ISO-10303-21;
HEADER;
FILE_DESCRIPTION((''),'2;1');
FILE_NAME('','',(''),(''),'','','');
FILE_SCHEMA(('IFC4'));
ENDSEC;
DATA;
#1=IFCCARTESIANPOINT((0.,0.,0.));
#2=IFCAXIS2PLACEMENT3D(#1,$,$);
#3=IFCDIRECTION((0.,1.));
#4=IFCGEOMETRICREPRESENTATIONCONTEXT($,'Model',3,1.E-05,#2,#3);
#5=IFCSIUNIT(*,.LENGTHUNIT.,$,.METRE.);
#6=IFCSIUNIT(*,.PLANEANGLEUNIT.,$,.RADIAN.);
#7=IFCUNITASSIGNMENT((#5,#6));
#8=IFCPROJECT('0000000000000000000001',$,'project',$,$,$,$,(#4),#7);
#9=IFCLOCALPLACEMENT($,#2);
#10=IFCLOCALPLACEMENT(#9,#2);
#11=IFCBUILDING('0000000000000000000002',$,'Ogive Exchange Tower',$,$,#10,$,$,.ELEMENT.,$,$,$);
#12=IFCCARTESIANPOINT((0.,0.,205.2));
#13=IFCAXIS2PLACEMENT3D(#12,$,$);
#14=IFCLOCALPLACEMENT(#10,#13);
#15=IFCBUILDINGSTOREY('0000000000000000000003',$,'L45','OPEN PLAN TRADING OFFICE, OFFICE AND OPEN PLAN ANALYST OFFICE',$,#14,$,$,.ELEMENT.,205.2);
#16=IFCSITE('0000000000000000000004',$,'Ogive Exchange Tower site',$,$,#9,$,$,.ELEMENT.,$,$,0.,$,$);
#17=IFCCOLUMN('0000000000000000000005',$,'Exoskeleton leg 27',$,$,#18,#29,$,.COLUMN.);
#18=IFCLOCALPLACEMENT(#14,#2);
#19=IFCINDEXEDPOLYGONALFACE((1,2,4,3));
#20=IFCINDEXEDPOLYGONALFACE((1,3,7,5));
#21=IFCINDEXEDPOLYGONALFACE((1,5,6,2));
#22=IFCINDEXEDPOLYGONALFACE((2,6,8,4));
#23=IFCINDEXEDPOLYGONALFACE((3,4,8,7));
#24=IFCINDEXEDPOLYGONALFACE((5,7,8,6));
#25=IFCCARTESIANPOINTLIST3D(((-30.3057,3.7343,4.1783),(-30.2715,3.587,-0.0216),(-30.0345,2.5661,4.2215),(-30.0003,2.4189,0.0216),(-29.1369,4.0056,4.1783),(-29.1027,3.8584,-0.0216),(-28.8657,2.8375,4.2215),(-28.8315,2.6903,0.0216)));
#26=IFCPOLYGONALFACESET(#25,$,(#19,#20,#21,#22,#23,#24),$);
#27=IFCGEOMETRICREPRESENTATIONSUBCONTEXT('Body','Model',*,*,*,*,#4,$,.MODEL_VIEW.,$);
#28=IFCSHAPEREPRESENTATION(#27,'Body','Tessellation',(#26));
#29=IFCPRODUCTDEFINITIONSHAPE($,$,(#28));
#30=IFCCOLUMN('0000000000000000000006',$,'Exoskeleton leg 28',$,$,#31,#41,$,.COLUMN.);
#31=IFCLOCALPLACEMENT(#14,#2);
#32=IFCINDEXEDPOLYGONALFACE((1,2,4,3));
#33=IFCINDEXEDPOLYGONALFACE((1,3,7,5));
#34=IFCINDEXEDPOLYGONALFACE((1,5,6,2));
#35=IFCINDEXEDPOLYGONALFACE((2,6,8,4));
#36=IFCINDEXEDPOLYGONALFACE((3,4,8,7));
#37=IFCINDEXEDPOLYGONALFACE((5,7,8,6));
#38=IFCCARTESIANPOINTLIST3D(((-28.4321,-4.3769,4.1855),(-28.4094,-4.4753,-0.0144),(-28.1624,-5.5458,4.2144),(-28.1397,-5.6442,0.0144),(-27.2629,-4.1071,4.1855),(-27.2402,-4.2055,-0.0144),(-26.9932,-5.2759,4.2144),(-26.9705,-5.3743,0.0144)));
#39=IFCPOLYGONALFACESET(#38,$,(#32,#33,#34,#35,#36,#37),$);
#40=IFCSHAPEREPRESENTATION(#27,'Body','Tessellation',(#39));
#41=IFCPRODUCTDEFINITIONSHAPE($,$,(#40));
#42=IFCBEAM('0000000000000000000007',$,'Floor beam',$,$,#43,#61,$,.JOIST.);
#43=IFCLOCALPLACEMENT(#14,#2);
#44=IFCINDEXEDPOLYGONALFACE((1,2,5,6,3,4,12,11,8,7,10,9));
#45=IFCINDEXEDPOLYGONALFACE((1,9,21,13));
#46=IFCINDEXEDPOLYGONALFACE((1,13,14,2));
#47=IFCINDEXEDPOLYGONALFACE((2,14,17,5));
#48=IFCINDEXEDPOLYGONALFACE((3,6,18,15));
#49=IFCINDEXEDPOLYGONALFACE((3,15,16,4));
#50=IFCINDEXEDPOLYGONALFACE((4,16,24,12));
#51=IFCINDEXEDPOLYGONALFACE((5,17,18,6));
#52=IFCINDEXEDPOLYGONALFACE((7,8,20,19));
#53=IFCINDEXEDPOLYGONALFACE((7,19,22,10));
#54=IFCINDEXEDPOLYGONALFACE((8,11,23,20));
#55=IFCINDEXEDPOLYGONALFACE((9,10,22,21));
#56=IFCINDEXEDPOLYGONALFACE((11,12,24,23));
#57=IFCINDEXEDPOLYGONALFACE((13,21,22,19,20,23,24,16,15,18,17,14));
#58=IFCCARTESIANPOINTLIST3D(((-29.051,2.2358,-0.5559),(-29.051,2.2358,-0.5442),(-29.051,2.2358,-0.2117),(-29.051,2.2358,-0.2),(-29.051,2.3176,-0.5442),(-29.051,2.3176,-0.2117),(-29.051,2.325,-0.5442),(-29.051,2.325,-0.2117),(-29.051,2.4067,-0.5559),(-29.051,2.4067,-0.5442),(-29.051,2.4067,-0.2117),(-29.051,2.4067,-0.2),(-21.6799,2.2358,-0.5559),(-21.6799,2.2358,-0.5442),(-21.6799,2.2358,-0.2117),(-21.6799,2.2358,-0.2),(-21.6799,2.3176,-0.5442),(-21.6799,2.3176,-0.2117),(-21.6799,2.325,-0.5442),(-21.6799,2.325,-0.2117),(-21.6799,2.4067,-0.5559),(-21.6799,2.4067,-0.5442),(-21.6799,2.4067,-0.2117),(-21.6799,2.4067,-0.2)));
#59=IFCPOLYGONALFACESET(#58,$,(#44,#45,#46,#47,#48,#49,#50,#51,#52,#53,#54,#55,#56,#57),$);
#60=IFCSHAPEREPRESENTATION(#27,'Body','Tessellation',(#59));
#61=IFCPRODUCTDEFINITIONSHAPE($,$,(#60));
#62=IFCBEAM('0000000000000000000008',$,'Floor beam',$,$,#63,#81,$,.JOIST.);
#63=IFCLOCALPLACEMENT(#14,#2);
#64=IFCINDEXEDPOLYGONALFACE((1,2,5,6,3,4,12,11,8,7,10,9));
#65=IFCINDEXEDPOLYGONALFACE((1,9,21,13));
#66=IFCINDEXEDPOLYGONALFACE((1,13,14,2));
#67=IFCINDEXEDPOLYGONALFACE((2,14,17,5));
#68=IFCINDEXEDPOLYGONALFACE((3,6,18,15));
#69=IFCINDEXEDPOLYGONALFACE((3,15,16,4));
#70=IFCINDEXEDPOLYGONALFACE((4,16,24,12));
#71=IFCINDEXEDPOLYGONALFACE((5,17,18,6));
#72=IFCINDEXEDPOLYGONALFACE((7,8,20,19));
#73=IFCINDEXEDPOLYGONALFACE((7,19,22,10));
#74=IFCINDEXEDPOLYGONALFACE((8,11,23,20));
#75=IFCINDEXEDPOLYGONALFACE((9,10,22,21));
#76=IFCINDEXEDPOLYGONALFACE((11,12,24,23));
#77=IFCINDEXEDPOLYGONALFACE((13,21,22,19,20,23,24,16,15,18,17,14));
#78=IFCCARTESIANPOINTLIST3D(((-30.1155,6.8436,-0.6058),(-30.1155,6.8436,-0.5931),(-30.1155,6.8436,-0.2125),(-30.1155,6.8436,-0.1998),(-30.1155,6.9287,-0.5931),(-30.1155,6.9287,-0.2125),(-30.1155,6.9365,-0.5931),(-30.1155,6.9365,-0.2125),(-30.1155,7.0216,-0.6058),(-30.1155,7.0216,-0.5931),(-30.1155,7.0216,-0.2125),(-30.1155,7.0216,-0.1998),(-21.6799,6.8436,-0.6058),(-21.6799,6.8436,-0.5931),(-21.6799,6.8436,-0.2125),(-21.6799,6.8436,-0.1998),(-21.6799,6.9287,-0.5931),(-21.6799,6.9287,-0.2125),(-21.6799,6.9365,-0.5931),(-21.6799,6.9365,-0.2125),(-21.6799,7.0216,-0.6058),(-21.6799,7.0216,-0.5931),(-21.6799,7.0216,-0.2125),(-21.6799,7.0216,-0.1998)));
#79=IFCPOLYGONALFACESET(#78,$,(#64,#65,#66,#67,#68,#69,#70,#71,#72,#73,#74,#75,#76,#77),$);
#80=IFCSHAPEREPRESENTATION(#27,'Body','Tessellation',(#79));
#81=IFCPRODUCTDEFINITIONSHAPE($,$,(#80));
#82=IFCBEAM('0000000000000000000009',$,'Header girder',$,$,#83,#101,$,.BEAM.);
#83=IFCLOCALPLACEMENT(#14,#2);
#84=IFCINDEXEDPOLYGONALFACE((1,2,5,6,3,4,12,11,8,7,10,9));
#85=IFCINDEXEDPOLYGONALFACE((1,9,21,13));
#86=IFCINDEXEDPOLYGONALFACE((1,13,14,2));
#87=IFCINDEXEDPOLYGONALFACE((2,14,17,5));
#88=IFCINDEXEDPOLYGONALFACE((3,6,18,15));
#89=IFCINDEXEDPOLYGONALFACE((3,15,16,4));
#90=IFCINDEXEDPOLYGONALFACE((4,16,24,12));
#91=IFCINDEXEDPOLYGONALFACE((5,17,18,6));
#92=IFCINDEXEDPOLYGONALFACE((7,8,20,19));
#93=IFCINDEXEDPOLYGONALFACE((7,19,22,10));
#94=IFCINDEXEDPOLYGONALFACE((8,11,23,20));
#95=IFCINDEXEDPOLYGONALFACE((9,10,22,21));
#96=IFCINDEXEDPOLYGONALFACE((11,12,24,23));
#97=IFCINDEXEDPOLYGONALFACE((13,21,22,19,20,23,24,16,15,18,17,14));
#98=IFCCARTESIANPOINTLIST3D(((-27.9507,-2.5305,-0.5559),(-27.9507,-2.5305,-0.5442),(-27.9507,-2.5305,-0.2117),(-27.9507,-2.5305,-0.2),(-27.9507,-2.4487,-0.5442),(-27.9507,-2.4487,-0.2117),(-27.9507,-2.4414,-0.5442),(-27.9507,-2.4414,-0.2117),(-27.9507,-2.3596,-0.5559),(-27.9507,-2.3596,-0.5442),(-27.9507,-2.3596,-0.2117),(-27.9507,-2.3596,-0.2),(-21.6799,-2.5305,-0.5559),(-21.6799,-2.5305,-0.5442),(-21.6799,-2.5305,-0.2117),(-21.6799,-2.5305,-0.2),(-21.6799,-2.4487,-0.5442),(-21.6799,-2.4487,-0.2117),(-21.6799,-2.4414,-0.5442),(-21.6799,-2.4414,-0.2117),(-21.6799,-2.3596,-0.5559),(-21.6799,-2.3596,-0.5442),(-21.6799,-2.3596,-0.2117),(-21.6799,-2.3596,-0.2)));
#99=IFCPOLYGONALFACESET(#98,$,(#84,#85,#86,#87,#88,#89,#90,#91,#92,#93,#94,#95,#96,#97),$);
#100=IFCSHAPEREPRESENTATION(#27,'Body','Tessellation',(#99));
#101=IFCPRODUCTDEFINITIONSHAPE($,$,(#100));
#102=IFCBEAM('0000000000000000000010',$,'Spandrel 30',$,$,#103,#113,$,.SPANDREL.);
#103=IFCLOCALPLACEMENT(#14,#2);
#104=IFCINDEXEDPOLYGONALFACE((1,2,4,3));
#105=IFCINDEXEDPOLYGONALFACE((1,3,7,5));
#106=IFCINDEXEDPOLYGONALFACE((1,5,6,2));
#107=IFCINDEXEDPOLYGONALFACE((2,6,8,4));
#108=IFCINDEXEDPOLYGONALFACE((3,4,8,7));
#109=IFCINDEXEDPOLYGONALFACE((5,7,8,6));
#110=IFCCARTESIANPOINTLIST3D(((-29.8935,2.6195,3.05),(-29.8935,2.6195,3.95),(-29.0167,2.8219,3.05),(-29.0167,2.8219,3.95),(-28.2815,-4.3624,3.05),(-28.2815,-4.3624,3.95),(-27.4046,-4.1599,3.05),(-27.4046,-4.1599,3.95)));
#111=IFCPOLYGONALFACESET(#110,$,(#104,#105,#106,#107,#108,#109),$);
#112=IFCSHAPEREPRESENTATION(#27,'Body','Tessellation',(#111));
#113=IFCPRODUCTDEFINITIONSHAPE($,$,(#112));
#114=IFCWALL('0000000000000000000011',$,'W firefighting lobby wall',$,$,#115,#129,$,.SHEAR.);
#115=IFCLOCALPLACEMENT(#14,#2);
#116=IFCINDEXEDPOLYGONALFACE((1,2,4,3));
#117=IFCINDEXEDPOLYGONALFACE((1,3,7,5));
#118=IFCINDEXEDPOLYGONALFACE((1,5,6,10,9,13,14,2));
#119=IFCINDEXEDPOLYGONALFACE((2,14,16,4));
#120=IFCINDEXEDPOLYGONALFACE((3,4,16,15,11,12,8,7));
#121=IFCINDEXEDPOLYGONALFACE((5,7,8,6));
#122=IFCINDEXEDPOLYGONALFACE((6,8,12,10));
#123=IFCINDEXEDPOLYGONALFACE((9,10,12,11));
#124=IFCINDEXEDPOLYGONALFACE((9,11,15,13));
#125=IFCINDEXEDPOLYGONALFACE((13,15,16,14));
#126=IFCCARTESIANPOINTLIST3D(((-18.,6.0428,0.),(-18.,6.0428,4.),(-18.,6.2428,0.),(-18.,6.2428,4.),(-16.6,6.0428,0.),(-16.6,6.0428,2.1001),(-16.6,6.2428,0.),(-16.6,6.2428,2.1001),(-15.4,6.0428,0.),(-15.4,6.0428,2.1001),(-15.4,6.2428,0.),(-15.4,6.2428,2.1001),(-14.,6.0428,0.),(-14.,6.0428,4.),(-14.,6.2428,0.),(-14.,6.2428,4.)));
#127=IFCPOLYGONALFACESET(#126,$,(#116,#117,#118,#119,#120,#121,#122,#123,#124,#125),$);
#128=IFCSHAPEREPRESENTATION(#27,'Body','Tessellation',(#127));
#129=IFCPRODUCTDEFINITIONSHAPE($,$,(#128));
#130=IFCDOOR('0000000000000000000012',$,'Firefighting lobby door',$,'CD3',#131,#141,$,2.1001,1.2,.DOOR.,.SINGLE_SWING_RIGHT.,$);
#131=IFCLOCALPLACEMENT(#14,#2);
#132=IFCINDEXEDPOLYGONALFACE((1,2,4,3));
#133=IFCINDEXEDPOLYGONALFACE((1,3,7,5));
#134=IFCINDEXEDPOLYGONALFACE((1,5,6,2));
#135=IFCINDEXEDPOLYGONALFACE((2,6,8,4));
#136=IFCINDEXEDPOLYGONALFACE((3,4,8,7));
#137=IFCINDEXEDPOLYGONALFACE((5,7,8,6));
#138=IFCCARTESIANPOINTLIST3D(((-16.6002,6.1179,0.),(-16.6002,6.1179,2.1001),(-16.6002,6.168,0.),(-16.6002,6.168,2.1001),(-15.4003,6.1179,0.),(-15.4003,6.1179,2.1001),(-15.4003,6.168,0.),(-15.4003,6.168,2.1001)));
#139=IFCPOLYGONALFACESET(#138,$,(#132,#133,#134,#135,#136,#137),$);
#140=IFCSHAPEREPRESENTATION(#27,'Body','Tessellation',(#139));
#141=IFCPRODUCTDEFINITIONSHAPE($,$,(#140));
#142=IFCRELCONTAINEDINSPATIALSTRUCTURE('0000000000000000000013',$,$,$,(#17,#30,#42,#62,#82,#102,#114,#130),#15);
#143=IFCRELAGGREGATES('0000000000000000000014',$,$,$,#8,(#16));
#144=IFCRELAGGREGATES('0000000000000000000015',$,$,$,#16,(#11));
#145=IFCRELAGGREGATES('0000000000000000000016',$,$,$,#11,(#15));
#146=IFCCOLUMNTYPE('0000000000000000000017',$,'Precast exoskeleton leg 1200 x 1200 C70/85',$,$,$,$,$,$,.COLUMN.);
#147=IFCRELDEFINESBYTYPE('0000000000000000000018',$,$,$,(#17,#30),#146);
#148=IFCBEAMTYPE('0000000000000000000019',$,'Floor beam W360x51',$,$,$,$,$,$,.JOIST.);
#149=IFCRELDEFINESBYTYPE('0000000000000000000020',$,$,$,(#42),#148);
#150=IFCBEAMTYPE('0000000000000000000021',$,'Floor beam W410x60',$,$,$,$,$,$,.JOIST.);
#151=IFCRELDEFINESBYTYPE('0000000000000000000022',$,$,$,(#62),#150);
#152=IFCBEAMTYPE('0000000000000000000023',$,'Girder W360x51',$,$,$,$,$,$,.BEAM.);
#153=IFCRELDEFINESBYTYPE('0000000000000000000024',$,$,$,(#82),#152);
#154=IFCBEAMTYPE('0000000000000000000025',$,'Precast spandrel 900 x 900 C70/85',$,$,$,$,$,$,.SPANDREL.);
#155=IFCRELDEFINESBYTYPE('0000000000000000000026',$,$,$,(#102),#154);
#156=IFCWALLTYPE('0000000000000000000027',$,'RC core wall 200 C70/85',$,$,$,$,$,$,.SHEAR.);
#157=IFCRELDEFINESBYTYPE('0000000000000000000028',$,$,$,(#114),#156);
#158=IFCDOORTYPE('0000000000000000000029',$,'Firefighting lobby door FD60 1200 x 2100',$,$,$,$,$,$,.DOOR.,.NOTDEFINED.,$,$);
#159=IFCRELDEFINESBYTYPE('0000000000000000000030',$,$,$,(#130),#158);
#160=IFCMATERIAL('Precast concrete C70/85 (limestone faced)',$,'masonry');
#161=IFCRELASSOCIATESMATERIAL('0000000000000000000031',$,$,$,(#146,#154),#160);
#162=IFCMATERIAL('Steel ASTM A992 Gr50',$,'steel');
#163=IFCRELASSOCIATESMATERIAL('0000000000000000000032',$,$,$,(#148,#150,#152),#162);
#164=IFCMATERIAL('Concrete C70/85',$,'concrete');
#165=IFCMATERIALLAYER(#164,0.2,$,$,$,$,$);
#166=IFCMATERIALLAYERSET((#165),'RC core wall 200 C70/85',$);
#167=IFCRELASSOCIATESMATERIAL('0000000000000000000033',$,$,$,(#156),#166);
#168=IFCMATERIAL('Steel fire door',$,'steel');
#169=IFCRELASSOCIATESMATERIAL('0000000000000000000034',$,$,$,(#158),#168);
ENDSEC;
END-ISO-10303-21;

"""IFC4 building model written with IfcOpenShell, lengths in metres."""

from ifc_helpers import new_model, si_unit, direction, frame, frame_2d, origin, origin_2d, place, context, subcontext, project, spatial, rectangle, i_section, extrude, material, layer, layer_set, material_profile, profile_set, type_object, element, fill, save


model = new_model("IFC4")

# Units and contexts
model_context = context("Model", 3, precision=1e-05, world=origin(), true_north=direction((0.0, 1.0)))
body_context = subcontext(model_context, "Body", "Model", "MODEL_VIEW")
ifc_project = project(units=[si_unit("LENGTHUNIT", "METRE"), si_unit("PLANEANGLEUNIT", "RADIAN")], contexts=[model_context])

# Site, building, storey
site_placement = place(None, origin())
site = spatial("IfcSite", under=ifc_project, at=site_placement, Name="Ogive Exchange Tower site", CompositionType="ELEMENT", RefElevation=0.0)
building_placement = place(site_placement, origin())
building = spatial("IfcBuilding", under=site, at=building_placement, Name="Ogive Exchange Tower", CompositionType="ELEMENT")
storey_placement = place(building_placement, frame((0.0, 0.0, 205.2)))
storey = spatial("IfcBuildingStorey", under=building, at=storey_placement, Name="L45", Description="OPEN PLAN TRADING OFFICE, OFFICE AND OPEN PLAN ANALYST OFFICE", CompositionType="ELEMENT", Elevation=205.2)

# Columns
ifc_material_1 = material(Name="Precast concrete C70/85 (limestone faced)", Category="masonry")
ifc_material_profile_1 = material_profile(ifc_material_1, rectangle(XDim=1.2, YDim=1.2, at=origin_2d()), Name="1200 x 1200")
ifc_profile_set_1 = profile_set([ifc_material_profile_1], Name="Precast concrete C70/85 (limestone faced)")
column_type = type_object("IfcColumnType", Name="Precast exoskeleton leg 1200 x 1200 C70/85", PredefinedType="COLUMN", material=ifc_profile_set_1)
column_1_placement = place(storey_placement, frame((-29.5515, 3.1387, 0.0), z_axis=(-0.008133, 0.035029, 0.999353), x_axis=(-0.974091, -0.226157, 0.0)))
element("IfcColumn", 1, at=column_1_placement, inside=storey, type_object=column_type, Name="Exoskeleton leg 27", PredefinedType="COLUMN", context=body_context, shape_type="SweptSolid", body=[
    extrude(rectangle(XDim=1.2, YDim=1.2, at=origin_2d()), origin(), (0.0, 0.0, 1.0), 4.2026),
])
column_2_placement = place(storey_placement, frame((-27.6899, -4.9248, 0.0), z_axis=(-0.005404, 0.023419, 0.999711), x_axis=(-0.974391, -0.22486, 0.0)))
element("IfcColumn", 2, at=column_2_placement, inside=storey, type_object=column_type, Name="Exoskeleton leg 28", PredefinedType="COLUMN", context=body_context, shape_type="SweptSolid", body=[
    extrude(rectangle(XDim=1.2, YDim=1.2, at=origin_2d()), origin(), (0.0, 0.0, 1.0), 4.2012),
])

# Beams
ifc_material_2 = material(Name="Steel ASTM A992 Gr50", Category="steel")
ifc_material_profile_2 = material_profile(ifc_material_2, i_section(OverallWidth=0.1709, OverallDepth=0.356, WebThickness=0.0073, FlangeThickness=0.0117, at=origin_2d()), Name="W360x51")
ifc_profile_set_2 = profile_set([ifc_material_profile_2], Name="Steel ASTM A992 Gr50")
beam_type_1 = type_object("IfcBeamType", Name="Floor beam W360x51", PredefinedType="JOIST", material=ifc_profile_set_2)
beam_1_placement = place(storey_placement, frame((-29.051, 2.3213, -0.3779), z_axis=(1.0, 0.0, 0.0), x_axis=(0.0, 1.0, 0.0)))
element("IfcBeam", 3, at=beam_1_placement, inside=storey, type_object=beam_type_1, Name="Floor beam", PredefinedType="JOIST", context=body_context, shape_type="SweptSolid", body=[
    extrude(i_section(OverallWidth=0.1709, OverallDepth=0.356, WebThickness=0.0073, FlangeThickness=0.0117, at=origin_2d()), origin(), (0.0, 0.0, 1.0), 7.3711),
])
ifc_material_profile_3 = material_profile(ifc_material_2, i_section(OverallWidth=0.178, OverallDepth=0.406, WebThickness=0.0078, FlangeThickness=0.0127, at=origin_2d()), Name="W410x60")
ifc_profile_set_3 = profile_set([ifc_material_profile_3], Name="Steel ASTM A992 Gr50")
beam_type_2 = type_object("IfcBeamType", Name="Floor beam W410x60", PredefinedType="JOIST", material=ifc_profile_set_3)
beam_2_placement = place(storey_placement, frame((-30.1155, 6.9326, -0.4028), z_axis=(1.0, 0.0, 0.0), x_axis=(0.0, 1.0, 0.0)))
element("IfcBeam", 4, at=beam_2_placement, inside=storey, type_object=beam_type_2, Name="Floor beam", PredefinedType="JOIST", context=body_context, shape_type="SweptSolid", body=[
    extrude(i_section(OverallWidth=0.178, OverallDepth=0.406, WebThickness=0.0078, FlangeThickness=0.0127, at=origin_2d()), origin(), (0.0, 0.0, 1.0), 8.4355),
])
ifc_material_profile_4 = material_profile(ifc_material_2, i_section(OverallWidth=0.1709, OverallDepth=0.356, WebThickness=0.0073, FlangeThickness=0.0117, at=origin_2d()), Name="W360x51")
ifc_profile_set_4 = profile_set([ifc_material_profile_4], Name="Steel ASTM A992 Gr50")
beam_type_3 = type_object("IfcBeamType", Name="Girder W360x51", PredefinedType="BEAM", material=ifc_profile_set_4)
beam_3_placement = place(storey_placement, frame((-27.9507, -2.4451, -0.3779), z_axis=(1.0, 0.0, 0.0), x_axis=(0.0, 1.0, 0.0)))
element("IfcBeam", 5, at=beam_3_placement, inside=storey, type_object=beam_type_3, Name="Header girder", PredefinedType="BEAM", context=body_context, shape_type="SweptSolid", body=[
    extrude(i_section(OverallWidth=0.1709, OverallDepth=0.356, WebThickness=0.0073, FlangeThickness=0.0117, at=origin_2d()), origin(), (0.0, 0.0, 1.0), 6.2708),
])
ifc_material_profile_5 = material_profile(ifc_material_1, rectangle(XDim=0.8999, YDim=0.8999, at=origin_2d()), Name="900 x 900")
ifc_profile_set_5 = profile_set([ifc_material_profile_5], Name="Precast concrete C70/85 (limestone faced)")
beam_type_4 = type_object("IfcBeamType", Name="Precast spandrel 900 x 900 C70/85", PredefinedType="SPANDREL", material=ifc_profile_set_5)
beam_4_placement = place(storey_placement, frame((-29.4551, 2.7207, 3.5), z_axis=(0.224971, -0.974365, 0.0), x_axis=(0.974365, 0.224971, 0.0)))
element("IfcBeam", 6, at=beam_4_placement, inside=storey, type_object=beam_type_4, Name="Spandrel 30", PredefinedType="SPANDREL", context=body_context, shape_type="SweptSolid", body=[
    extrude(rectangle(XDim=0.8999, YDim=0.8999, at=origin_2d()), origin(), (0.0, 0.0, 1.0), 7.1655),
])

# Wall, opening, door
ifc_material_3 = material(Name="Concrete C70/85", Category="concrete")
ifc_layer_1 = layer(ifc_material_3, 0.2)
ifc_layer_set_1 = layer_set([ifc_layer_1], Name="RC core wall 200 C70/85")
wall_type_1 = type_object("IfcWallType", Name="RC core wall 200 C70/85", PredefinedType="SHEAR", material=ifc_layer_set_1)
wall_1_placement = place(storey_placement, frame((-18.0, 6.1428, 0.0), z_axis=(0.0, 0.0, 1.0), x_axis=(1.0, 0.0, 0.0)))
wall_1 = element("IfcWall", 7, at=wall_1_placement, inside=storey, type_object=wall_type_1, Name="W firefighting lobby wall", PredefinedType="SHEAR", context=body_context, shape_type="SweptSolid", body=[
    extrude(rectangle(XDim=4.0, YDim=0.2, at=frame_2d((2.0, 0.0))), origin(), (0.0, 0.0, 1.0), 4.0),
])
opening_1_placement = place(wall_1_placement, frame((1.3999, 0.0, 0.0)))
opening_1 = element("IfcOpeningElement", 8, at=opening_1_placement, cuts=wall_1, PredefinedType="OPENING", context=body_context, shape_type="SweptSolid", body=[
    extrude(rectangle(XDim=1.2, YDim=2.1001, at=frame_2d((0.6001, 1.05))), frame((0.0, 0.1099, 0.0), z_axis=(0.0, -1.0, 0.0), x_axis=(1.0, 0.0, 0.0)), (0.0, 0.0, 1.0), 0.22),
])
ifc_material_4 = material(Name="Steel fire door", Category="steel")
door_type_1 = type_object("IfcDoorType", Name="Firefighting lobby door FD60 1200 x 2100", OperationType="NOTDEFINED", PredefinedType="DOOR", material=ifc_material_4)
door_1_placement = place(opening_1_placement, frame((1.2, 0.0, 0.0), z_axis=(0.0, 0.0, 1.0), x_axis=(-1.0, 0.0, 0.0)))
door_1 = element("IfcDoor", 9, at=door_1_placement, inside=storey, type_object=door_type_1, Name="Firefighting lobby door", ObjectType="CD3", OperationType="SINGLE_SWING_RIGHT", OverallHeight=2.1001, OverallWidth=1.2, PredefinedType="DOOR", context=body_context, shape_type="SweptSolid", body=[
    extrude(rectangle(XDim=1.2, YDim=2.1001, at=frame_2d((0.6001, 1.05))), frame((0.0, 0.0249, 0.0), z_axis=(0.0, -1.0, 0.0), x_axis=(1.0, 0.0, 0.0)), (0.0, 0.0, 1.0), 0.05),
])
fill(opening_1, door_1)

save(model, "model.ifc")
